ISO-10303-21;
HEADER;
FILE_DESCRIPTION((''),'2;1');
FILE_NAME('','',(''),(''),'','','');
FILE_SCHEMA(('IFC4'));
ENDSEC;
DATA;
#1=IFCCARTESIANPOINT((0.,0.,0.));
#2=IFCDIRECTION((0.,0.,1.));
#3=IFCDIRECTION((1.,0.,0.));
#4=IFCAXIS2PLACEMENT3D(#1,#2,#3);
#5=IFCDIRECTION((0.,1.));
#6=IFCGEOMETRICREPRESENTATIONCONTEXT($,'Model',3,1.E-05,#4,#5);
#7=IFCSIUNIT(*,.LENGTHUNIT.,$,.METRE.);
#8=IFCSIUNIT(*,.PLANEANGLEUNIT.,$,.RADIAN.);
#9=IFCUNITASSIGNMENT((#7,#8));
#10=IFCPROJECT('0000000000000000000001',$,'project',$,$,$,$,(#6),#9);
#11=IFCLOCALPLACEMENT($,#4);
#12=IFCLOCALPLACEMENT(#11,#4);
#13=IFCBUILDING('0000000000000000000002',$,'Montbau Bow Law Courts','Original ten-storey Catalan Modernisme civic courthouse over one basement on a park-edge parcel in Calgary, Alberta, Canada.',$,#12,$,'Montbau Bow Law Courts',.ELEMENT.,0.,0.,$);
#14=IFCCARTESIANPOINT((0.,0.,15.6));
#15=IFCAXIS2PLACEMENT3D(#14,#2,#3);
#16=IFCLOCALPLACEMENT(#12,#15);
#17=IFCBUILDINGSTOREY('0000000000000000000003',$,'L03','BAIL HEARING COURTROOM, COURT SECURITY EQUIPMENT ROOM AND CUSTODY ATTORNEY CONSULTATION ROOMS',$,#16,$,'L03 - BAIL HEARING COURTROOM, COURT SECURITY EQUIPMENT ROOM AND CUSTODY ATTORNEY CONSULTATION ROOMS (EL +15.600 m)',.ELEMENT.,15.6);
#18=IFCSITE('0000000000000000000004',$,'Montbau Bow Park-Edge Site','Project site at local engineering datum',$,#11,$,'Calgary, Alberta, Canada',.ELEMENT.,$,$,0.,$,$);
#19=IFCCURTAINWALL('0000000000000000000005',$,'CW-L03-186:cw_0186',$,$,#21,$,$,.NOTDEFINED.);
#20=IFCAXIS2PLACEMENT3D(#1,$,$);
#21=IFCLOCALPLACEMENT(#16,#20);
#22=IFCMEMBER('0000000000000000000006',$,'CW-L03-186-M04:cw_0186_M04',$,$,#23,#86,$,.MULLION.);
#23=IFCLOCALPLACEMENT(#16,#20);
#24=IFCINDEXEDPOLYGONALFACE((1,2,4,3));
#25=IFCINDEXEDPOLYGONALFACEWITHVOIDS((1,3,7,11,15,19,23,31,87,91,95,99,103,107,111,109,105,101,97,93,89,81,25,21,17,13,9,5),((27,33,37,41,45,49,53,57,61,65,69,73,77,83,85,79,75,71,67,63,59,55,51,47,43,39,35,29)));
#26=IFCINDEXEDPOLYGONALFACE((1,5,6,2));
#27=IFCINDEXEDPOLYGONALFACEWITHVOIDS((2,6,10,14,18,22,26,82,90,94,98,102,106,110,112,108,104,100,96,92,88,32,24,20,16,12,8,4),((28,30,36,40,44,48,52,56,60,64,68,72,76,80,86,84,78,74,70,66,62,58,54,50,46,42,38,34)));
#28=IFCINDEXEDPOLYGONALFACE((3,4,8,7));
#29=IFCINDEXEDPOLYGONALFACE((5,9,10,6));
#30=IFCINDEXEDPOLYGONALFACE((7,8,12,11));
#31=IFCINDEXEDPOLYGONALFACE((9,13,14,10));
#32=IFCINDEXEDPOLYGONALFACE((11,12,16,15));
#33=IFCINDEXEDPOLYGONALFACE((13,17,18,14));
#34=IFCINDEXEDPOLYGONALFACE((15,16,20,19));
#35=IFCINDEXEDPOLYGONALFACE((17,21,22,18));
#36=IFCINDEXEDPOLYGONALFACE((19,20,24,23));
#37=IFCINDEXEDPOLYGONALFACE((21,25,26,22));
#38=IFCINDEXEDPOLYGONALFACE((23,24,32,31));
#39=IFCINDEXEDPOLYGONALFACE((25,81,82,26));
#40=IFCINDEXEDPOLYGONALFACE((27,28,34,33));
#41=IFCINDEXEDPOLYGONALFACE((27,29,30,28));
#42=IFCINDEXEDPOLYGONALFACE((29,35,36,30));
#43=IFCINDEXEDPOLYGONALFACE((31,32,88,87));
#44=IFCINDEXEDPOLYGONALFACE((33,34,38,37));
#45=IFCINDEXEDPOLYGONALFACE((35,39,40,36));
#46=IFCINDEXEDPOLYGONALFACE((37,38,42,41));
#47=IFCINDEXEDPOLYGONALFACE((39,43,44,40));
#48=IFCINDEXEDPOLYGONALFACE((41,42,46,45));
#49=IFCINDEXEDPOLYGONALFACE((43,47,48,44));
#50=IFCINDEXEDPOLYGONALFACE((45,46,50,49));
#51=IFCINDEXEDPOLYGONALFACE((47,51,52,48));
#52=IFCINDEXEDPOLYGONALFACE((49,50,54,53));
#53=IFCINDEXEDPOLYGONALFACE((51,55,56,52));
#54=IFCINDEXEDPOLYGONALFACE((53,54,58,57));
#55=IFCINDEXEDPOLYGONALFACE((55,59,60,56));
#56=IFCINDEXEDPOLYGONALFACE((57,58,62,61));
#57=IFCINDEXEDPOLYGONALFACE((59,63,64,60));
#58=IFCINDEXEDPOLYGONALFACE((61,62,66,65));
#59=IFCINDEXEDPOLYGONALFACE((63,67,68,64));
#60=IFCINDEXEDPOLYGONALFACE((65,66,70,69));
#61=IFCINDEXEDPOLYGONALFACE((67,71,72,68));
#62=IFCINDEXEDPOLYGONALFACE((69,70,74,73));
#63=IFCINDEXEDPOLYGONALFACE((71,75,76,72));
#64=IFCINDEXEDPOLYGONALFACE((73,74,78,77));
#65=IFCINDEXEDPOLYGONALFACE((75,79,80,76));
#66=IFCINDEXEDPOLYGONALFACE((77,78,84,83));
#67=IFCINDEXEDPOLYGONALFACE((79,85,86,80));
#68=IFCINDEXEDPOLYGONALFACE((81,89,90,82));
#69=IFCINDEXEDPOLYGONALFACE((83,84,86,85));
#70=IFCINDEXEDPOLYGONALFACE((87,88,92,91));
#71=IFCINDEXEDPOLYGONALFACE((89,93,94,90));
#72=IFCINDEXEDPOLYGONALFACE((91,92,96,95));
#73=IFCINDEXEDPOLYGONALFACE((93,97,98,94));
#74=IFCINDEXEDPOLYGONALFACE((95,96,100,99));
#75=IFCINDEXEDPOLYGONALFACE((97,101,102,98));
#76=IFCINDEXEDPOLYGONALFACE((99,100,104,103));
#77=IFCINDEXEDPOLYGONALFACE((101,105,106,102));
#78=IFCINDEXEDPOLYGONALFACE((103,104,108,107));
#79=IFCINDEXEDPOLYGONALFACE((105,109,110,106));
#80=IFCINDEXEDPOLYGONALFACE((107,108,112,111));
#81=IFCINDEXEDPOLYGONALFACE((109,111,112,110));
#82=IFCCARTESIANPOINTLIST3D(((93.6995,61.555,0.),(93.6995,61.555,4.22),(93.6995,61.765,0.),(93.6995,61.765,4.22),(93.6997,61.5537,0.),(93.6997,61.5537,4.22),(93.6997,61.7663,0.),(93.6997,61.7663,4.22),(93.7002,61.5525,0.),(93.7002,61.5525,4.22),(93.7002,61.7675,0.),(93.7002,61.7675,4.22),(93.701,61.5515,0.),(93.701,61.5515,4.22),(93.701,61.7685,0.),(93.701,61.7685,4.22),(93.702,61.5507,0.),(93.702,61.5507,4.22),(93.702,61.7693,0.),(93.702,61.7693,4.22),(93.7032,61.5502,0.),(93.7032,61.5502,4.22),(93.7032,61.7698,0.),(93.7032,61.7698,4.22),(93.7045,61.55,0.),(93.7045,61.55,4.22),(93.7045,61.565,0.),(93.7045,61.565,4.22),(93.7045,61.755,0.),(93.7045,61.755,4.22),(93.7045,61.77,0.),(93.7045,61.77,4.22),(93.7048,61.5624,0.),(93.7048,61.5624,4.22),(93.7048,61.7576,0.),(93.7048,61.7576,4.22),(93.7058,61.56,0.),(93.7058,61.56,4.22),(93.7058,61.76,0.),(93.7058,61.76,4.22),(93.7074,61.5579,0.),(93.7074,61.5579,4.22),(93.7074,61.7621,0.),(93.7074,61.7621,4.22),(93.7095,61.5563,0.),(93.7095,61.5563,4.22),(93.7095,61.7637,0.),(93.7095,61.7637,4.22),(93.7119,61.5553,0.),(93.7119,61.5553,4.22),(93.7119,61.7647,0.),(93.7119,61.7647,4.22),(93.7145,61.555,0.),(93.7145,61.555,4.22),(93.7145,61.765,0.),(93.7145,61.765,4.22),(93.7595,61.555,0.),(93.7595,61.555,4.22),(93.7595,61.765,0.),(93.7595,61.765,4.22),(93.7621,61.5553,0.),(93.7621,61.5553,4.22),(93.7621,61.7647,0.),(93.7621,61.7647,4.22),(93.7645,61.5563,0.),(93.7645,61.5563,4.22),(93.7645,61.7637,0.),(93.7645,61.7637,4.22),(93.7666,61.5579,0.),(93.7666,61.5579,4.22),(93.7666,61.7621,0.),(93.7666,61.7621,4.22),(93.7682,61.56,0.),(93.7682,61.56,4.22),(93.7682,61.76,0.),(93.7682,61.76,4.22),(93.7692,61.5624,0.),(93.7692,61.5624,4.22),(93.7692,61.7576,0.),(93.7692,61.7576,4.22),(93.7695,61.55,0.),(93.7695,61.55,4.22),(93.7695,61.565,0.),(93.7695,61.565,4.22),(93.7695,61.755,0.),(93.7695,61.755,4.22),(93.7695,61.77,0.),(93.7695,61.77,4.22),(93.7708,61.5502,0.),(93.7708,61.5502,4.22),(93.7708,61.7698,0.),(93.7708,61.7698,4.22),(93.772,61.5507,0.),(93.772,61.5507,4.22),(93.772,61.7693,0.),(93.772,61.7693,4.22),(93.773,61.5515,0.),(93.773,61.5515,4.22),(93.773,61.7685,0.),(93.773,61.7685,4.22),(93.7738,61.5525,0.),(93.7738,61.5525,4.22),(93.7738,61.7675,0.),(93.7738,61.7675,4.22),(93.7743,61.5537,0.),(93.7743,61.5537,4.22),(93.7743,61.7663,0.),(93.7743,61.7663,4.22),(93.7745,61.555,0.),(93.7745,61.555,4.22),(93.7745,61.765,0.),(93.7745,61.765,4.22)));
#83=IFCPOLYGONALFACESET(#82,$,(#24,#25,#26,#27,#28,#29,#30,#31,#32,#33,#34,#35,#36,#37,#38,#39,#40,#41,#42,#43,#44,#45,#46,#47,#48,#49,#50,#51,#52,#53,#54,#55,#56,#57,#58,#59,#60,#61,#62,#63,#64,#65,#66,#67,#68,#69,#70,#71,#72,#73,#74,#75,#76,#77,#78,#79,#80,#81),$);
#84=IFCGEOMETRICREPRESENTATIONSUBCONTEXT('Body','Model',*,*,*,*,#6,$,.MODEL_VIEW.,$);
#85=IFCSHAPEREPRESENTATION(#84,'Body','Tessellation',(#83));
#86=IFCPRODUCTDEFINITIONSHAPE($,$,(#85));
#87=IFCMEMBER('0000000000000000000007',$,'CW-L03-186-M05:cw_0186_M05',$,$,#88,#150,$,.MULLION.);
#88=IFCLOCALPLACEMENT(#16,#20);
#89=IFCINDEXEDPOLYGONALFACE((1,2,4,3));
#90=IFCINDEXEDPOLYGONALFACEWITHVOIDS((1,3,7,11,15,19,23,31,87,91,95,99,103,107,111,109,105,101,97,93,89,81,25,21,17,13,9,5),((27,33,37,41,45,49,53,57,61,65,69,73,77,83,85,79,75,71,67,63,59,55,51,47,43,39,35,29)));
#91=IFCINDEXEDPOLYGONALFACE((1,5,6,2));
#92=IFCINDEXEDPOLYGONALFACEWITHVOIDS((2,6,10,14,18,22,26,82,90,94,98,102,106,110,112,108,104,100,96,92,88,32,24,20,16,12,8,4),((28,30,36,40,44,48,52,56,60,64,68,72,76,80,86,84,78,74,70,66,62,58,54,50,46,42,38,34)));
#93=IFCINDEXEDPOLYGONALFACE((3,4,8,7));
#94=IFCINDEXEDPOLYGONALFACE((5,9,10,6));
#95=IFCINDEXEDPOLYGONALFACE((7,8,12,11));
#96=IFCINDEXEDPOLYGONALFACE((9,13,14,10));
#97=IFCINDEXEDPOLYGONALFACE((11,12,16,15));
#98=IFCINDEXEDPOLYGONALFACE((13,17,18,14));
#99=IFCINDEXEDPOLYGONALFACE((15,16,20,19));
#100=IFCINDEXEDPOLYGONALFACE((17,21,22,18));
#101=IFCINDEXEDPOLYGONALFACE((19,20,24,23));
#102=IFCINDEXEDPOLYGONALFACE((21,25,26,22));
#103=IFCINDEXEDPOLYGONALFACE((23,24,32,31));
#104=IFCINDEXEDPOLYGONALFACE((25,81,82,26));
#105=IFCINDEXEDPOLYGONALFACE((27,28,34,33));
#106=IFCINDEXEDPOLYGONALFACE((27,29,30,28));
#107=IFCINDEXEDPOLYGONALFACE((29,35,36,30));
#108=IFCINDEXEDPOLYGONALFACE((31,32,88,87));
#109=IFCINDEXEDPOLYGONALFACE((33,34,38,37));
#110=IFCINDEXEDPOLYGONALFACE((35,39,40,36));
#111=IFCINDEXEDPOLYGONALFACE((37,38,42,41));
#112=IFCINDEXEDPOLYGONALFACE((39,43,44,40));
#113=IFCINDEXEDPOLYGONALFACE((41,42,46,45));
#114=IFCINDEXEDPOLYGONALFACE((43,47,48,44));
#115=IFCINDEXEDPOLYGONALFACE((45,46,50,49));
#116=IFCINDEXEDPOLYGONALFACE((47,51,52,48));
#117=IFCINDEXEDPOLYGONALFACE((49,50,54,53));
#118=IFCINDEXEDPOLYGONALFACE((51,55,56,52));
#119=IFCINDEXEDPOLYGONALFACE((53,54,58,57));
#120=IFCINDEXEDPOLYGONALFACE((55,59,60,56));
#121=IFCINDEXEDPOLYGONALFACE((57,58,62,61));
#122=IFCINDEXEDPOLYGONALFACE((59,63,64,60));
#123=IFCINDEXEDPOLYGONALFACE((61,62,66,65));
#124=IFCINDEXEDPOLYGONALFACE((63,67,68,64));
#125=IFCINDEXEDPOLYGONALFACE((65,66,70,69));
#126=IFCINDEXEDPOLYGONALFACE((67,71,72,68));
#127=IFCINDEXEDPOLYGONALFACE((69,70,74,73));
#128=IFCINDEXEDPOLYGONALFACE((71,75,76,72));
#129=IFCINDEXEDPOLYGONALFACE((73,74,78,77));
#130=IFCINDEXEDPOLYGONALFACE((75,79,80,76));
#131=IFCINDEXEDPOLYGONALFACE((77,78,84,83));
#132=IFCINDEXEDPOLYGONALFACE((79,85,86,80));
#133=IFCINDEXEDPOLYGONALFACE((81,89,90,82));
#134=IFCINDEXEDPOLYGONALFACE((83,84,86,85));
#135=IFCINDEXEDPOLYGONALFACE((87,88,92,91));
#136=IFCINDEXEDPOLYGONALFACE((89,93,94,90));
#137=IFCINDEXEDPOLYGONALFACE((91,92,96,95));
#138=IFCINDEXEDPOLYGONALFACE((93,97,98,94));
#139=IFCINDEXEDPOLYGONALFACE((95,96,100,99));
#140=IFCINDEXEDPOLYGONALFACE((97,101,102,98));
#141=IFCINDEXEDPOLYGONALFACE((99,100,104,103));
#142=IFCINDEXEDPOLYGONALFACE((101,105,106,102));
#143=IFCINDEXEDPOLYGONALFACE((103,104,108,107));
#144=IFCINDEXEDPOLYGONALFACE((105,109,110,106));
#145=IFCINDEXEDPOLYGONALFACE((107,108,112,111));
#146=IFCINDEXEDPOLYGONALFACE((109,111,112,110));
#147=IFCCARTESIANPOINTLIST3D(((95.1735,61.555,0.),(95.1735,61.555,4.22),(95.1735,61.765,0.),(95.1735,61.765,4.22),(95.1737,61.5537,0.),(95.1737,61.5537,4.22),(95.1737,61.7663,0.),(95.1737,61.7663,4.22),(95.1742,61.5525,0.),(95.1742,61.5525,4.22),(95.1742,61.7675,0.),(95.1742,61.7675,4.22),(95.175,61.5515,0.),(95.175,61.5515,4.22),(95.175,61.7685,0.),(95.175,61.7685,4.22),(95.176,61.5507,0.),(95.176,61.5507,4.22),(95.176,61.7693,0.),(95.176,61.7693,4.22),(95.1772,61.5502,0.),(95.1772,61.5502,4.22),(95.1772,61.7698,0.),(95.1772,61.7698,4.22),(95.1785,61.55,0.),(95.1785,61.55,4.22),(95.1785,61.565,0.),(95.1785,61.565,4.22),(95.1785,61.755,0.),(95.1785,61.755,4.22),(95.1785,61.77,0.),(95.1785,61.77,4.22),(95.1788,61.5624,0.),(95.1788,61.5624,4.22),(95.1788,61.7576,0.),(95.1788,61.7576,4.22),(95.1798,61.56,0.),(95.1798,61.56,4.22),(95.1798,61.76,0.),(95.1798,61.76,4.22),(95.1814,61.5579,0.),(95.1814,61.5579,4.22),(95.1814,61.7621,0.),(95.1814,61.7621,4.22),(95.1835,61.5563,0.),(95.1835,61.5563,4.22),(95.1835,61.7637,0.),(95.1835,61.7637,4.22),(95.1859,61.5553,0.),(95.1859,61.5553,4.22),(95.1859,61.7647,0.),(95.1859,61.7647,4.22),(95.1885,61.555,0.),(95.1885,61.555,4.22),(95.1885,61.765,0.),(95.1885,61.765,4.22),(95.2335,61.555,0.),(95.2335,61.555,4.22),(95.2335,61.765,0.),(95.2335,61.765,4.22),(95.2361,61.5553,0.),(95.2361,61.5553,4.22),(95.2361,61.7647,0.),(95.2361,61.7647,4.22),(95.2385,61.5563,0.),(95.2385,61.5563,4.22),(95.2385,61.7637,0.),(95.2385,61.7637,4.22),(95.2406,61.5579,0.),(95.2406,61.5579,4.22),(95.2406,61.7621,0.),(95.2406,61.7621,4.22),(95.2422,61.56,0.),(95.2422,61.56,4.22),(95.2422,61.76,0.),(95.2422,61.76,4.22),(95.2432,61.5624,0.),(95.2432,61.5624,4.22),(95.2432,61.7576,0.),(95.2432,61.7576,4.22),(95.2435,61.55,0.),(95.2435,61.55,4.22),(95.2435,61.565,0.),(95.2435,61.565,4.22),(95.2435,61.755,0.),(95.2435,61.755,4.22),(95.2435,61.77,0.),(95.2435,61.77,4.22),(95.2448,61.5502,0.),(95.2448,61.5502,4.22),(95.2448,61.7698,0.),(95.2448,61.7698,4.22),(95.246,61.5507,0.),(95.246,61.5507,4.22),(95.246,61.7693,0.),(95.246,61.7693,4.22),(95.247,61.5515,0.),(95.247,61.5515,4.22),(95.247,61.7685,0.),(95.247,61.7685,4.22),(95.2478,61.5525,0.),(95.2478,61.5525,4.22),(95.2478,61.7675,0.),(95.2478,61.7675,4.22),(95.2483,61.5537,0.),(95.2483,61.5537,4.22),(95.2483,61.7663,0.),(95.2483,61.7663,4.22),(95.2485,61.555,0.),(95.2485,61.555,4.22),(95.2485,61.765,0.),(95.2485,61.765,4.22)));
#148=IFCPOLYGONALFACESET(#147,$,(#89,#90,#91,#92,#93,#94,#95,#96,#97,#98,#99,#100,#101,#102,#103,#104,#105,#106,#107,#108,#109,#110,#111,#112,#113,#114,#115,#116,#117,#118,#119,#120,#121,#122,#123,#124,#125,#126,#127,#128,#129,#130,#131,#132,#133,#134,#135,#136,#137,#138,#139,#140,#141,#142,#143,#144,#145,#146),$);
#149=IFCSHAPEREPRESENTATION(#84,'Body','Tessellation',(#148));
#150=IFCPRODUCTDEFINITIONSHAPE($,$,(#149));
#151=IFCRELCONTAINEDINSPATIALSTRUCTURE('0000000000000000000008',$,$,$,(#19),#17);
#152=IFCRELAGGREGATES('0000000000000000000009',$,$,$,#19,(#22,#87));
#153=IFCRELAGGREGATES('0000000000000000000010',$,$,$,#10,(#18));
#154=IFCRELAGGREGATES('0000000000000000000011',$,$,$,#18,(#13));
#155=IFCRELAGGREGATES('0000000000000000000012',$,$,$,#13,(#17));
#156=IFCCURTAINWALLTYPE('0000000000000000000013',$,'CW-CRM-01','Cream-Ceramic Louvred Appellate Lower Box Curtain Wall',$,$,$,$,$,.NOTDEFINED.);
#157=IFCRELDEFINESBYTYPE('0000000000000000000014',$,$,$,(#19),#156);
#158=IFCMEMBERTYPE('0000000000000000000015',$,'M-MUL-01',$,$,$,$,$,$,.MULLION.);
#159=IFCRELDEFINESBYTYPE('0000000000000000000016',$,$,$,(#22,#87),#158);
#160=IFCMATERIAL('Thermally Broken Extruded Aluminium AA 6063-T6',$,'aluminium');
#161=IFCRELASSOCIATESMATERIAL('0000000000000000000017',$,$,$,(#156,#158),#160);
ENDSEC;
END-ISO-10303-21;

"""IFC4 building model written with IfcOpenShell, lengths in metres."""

from ifc_helpers import new_model, si_unit, direction, frame, origin_with_axes, origin_2d_with_axis, place, context, subcontext, project, spatial, hollow_rectangle, extrude, material, material_profile, profile_set, type_object, element, aggregate, save


model = new_model("IFC4")

# Units and contexts
model_context = context("Model", 3, precision=1e-05, world=origin_with_axes(), true_north=direction((0.0, 1.0)))
body_context = subcontext(model_context, "Body", "Model", "MODEL_VIEW")
ifc_project = project(units=[si_unit("LENGTHUNIT", "METRE"), si_unit("PLANEANGLEUNIT", "RADIAN")], contexts=[model_context])

# Site, building, storey
site_placement = place(None, origin_with_axes())
site = spatial("IfcSite", under=ifc_project, at=site_placement, Name="Montbau Bow Park-Edge Site", Description="Project site at local engineering datum", LongName="Calgary, Alberta, Canada", CompositionType="ELEMENT", RefElevation=0.0)
building_placement = place(site_placement, origin_with_axes())
building = spatial("IfcBuilding", under=site, at=building_placement, Name="Montbau Bow Law Courts", Description="Original ten-storey Catalan Modernisme civic courthouse over one basement on a park-edge parcel in Calgary, Alberta, Canada.", LongName="Montbau Bow Law Courts", CompositionType="ELEMENT", ElevationOfRefHeight=0.0, ElevationOfTerrain=0.0)
storey_placement = place(building_placement, frame((0.0, 0.0, 15.6), z_axis=(0.0, 0.0, 1.0), x_axis=(1.0, 0.0, 0.0)))
storey = spatial("IfcBuildingStorey", under=building, at=storey_placement, Name="L03", Description="BAIL HEARING COURTROOM, COURT SECURITY EQUIPMENT ROOM AND CUSTODY ATTORNEY CONSULTATION ROOMS", LongName="L03 - BAIL HEARING COURTROOM, COURT SECURITY EQUIPMENT ROOM AND CUSTODY ATTORNEY CONSULTATION ROOMS (EL +15.600 m)", CompositionType="ELEMENT", Elevation=15.6)

# Curtain wall, members
ifc_material_1 = material(Name="Thermally Broken Extruded Aluminium AA 6063-T6", Category="aluminium")
curtain_wall_type = type_object("IfcCurtainWallType", Name="CW-CRM-01", Description="Cream-Ceramic Louvred Appellate Lower Box Curtain Wall", PredefinedType="NOTDEFINED", material=ifc_material_1)
curtain_wall_1_placement = place(None, frame((89.315, 61.66, 15.6), z_axis=(0.0, 0.0, 1.0), x_axis=(1.0, 0.0, 0.0)))
curtain_wall_1 = element("IfcCurtainWall", 1, at=curtain_wall_1_placement, inside=storey, type_object=curtain_wall_type, Name="CW-L03-186:cw_0186", PredefinedType="NOTDEFINED")
ifc_material_profile_1 = material_profile(ifc_material_1, hollow_rectangle(XDim=0.075, YDim=0.22, WallThickness=0.005, InnerFilletRadius=0.01, OuterFilletRadius=0.005, at=origin_2d_with_axis()), Name="CWM-220X75", Category="Main", Priority=0)
ifc_profile_set_1 = profile_set([ifc_material_profile_1], Name="Thermally Broken Extruded Aluminium AA 6063-T6")
member_type_1 = type_object("IfcMemberType", Name="M-MUL-01", PredefinedType="MULLION", material=ifc_profile_set_1)
member_1_placement = place(None, frame((93.737, 61.66, 15.6), z_axis=(0.0, 0.0, 1.0), x_axis=(1.0, 0.0, 0.0)))
member_1 = element("IfcMember", 2, at=member_1_placement, type_object=member_type_1, Name="CW-L03-186-M04:cw_0186_M04", PredefinedType="MULLION", context=body_context, shape_type="SweptSolid", body=[
    extrude(hollow_rectangle(XDim=0.075, YDim=0.22, WallThickness=0.005, InnerFilletRadius=0.01, OuterFilletRadius=0.005, at=origin_2d_with_axis()), origin_with_axes(), (0.0, 0.0, 1.0), 4.22),
])
member_2_placement = place(None, frame((95.211, 61.66, 15.6), z_axis=(0.0, 0.0, 1.0), x_axis=(1.0, 0.0, 0.0)))
member_2 = element("IfcMember", 3, at=member_2_placement, type_object=member_type_1, Name="CW-L03-186-M05:cw_0186_M05", PredefinedType="MULLION", context=body_context, shape_type="SweptSolid", body=[
    extrude(hollow_rectangle(XDim=0.075, YDim=0.22, WallThickness=0.005, InnerFilletRadius=0.01, OuterFilletRadius=0.005, at=origin_2d_with_axis()), origin_with_axes(), (0.0, 0.0, 1.0), 4.22),
])

aggregate(curtain_wall_1, [member_1, member_2])

save(model, "model.ifc")
